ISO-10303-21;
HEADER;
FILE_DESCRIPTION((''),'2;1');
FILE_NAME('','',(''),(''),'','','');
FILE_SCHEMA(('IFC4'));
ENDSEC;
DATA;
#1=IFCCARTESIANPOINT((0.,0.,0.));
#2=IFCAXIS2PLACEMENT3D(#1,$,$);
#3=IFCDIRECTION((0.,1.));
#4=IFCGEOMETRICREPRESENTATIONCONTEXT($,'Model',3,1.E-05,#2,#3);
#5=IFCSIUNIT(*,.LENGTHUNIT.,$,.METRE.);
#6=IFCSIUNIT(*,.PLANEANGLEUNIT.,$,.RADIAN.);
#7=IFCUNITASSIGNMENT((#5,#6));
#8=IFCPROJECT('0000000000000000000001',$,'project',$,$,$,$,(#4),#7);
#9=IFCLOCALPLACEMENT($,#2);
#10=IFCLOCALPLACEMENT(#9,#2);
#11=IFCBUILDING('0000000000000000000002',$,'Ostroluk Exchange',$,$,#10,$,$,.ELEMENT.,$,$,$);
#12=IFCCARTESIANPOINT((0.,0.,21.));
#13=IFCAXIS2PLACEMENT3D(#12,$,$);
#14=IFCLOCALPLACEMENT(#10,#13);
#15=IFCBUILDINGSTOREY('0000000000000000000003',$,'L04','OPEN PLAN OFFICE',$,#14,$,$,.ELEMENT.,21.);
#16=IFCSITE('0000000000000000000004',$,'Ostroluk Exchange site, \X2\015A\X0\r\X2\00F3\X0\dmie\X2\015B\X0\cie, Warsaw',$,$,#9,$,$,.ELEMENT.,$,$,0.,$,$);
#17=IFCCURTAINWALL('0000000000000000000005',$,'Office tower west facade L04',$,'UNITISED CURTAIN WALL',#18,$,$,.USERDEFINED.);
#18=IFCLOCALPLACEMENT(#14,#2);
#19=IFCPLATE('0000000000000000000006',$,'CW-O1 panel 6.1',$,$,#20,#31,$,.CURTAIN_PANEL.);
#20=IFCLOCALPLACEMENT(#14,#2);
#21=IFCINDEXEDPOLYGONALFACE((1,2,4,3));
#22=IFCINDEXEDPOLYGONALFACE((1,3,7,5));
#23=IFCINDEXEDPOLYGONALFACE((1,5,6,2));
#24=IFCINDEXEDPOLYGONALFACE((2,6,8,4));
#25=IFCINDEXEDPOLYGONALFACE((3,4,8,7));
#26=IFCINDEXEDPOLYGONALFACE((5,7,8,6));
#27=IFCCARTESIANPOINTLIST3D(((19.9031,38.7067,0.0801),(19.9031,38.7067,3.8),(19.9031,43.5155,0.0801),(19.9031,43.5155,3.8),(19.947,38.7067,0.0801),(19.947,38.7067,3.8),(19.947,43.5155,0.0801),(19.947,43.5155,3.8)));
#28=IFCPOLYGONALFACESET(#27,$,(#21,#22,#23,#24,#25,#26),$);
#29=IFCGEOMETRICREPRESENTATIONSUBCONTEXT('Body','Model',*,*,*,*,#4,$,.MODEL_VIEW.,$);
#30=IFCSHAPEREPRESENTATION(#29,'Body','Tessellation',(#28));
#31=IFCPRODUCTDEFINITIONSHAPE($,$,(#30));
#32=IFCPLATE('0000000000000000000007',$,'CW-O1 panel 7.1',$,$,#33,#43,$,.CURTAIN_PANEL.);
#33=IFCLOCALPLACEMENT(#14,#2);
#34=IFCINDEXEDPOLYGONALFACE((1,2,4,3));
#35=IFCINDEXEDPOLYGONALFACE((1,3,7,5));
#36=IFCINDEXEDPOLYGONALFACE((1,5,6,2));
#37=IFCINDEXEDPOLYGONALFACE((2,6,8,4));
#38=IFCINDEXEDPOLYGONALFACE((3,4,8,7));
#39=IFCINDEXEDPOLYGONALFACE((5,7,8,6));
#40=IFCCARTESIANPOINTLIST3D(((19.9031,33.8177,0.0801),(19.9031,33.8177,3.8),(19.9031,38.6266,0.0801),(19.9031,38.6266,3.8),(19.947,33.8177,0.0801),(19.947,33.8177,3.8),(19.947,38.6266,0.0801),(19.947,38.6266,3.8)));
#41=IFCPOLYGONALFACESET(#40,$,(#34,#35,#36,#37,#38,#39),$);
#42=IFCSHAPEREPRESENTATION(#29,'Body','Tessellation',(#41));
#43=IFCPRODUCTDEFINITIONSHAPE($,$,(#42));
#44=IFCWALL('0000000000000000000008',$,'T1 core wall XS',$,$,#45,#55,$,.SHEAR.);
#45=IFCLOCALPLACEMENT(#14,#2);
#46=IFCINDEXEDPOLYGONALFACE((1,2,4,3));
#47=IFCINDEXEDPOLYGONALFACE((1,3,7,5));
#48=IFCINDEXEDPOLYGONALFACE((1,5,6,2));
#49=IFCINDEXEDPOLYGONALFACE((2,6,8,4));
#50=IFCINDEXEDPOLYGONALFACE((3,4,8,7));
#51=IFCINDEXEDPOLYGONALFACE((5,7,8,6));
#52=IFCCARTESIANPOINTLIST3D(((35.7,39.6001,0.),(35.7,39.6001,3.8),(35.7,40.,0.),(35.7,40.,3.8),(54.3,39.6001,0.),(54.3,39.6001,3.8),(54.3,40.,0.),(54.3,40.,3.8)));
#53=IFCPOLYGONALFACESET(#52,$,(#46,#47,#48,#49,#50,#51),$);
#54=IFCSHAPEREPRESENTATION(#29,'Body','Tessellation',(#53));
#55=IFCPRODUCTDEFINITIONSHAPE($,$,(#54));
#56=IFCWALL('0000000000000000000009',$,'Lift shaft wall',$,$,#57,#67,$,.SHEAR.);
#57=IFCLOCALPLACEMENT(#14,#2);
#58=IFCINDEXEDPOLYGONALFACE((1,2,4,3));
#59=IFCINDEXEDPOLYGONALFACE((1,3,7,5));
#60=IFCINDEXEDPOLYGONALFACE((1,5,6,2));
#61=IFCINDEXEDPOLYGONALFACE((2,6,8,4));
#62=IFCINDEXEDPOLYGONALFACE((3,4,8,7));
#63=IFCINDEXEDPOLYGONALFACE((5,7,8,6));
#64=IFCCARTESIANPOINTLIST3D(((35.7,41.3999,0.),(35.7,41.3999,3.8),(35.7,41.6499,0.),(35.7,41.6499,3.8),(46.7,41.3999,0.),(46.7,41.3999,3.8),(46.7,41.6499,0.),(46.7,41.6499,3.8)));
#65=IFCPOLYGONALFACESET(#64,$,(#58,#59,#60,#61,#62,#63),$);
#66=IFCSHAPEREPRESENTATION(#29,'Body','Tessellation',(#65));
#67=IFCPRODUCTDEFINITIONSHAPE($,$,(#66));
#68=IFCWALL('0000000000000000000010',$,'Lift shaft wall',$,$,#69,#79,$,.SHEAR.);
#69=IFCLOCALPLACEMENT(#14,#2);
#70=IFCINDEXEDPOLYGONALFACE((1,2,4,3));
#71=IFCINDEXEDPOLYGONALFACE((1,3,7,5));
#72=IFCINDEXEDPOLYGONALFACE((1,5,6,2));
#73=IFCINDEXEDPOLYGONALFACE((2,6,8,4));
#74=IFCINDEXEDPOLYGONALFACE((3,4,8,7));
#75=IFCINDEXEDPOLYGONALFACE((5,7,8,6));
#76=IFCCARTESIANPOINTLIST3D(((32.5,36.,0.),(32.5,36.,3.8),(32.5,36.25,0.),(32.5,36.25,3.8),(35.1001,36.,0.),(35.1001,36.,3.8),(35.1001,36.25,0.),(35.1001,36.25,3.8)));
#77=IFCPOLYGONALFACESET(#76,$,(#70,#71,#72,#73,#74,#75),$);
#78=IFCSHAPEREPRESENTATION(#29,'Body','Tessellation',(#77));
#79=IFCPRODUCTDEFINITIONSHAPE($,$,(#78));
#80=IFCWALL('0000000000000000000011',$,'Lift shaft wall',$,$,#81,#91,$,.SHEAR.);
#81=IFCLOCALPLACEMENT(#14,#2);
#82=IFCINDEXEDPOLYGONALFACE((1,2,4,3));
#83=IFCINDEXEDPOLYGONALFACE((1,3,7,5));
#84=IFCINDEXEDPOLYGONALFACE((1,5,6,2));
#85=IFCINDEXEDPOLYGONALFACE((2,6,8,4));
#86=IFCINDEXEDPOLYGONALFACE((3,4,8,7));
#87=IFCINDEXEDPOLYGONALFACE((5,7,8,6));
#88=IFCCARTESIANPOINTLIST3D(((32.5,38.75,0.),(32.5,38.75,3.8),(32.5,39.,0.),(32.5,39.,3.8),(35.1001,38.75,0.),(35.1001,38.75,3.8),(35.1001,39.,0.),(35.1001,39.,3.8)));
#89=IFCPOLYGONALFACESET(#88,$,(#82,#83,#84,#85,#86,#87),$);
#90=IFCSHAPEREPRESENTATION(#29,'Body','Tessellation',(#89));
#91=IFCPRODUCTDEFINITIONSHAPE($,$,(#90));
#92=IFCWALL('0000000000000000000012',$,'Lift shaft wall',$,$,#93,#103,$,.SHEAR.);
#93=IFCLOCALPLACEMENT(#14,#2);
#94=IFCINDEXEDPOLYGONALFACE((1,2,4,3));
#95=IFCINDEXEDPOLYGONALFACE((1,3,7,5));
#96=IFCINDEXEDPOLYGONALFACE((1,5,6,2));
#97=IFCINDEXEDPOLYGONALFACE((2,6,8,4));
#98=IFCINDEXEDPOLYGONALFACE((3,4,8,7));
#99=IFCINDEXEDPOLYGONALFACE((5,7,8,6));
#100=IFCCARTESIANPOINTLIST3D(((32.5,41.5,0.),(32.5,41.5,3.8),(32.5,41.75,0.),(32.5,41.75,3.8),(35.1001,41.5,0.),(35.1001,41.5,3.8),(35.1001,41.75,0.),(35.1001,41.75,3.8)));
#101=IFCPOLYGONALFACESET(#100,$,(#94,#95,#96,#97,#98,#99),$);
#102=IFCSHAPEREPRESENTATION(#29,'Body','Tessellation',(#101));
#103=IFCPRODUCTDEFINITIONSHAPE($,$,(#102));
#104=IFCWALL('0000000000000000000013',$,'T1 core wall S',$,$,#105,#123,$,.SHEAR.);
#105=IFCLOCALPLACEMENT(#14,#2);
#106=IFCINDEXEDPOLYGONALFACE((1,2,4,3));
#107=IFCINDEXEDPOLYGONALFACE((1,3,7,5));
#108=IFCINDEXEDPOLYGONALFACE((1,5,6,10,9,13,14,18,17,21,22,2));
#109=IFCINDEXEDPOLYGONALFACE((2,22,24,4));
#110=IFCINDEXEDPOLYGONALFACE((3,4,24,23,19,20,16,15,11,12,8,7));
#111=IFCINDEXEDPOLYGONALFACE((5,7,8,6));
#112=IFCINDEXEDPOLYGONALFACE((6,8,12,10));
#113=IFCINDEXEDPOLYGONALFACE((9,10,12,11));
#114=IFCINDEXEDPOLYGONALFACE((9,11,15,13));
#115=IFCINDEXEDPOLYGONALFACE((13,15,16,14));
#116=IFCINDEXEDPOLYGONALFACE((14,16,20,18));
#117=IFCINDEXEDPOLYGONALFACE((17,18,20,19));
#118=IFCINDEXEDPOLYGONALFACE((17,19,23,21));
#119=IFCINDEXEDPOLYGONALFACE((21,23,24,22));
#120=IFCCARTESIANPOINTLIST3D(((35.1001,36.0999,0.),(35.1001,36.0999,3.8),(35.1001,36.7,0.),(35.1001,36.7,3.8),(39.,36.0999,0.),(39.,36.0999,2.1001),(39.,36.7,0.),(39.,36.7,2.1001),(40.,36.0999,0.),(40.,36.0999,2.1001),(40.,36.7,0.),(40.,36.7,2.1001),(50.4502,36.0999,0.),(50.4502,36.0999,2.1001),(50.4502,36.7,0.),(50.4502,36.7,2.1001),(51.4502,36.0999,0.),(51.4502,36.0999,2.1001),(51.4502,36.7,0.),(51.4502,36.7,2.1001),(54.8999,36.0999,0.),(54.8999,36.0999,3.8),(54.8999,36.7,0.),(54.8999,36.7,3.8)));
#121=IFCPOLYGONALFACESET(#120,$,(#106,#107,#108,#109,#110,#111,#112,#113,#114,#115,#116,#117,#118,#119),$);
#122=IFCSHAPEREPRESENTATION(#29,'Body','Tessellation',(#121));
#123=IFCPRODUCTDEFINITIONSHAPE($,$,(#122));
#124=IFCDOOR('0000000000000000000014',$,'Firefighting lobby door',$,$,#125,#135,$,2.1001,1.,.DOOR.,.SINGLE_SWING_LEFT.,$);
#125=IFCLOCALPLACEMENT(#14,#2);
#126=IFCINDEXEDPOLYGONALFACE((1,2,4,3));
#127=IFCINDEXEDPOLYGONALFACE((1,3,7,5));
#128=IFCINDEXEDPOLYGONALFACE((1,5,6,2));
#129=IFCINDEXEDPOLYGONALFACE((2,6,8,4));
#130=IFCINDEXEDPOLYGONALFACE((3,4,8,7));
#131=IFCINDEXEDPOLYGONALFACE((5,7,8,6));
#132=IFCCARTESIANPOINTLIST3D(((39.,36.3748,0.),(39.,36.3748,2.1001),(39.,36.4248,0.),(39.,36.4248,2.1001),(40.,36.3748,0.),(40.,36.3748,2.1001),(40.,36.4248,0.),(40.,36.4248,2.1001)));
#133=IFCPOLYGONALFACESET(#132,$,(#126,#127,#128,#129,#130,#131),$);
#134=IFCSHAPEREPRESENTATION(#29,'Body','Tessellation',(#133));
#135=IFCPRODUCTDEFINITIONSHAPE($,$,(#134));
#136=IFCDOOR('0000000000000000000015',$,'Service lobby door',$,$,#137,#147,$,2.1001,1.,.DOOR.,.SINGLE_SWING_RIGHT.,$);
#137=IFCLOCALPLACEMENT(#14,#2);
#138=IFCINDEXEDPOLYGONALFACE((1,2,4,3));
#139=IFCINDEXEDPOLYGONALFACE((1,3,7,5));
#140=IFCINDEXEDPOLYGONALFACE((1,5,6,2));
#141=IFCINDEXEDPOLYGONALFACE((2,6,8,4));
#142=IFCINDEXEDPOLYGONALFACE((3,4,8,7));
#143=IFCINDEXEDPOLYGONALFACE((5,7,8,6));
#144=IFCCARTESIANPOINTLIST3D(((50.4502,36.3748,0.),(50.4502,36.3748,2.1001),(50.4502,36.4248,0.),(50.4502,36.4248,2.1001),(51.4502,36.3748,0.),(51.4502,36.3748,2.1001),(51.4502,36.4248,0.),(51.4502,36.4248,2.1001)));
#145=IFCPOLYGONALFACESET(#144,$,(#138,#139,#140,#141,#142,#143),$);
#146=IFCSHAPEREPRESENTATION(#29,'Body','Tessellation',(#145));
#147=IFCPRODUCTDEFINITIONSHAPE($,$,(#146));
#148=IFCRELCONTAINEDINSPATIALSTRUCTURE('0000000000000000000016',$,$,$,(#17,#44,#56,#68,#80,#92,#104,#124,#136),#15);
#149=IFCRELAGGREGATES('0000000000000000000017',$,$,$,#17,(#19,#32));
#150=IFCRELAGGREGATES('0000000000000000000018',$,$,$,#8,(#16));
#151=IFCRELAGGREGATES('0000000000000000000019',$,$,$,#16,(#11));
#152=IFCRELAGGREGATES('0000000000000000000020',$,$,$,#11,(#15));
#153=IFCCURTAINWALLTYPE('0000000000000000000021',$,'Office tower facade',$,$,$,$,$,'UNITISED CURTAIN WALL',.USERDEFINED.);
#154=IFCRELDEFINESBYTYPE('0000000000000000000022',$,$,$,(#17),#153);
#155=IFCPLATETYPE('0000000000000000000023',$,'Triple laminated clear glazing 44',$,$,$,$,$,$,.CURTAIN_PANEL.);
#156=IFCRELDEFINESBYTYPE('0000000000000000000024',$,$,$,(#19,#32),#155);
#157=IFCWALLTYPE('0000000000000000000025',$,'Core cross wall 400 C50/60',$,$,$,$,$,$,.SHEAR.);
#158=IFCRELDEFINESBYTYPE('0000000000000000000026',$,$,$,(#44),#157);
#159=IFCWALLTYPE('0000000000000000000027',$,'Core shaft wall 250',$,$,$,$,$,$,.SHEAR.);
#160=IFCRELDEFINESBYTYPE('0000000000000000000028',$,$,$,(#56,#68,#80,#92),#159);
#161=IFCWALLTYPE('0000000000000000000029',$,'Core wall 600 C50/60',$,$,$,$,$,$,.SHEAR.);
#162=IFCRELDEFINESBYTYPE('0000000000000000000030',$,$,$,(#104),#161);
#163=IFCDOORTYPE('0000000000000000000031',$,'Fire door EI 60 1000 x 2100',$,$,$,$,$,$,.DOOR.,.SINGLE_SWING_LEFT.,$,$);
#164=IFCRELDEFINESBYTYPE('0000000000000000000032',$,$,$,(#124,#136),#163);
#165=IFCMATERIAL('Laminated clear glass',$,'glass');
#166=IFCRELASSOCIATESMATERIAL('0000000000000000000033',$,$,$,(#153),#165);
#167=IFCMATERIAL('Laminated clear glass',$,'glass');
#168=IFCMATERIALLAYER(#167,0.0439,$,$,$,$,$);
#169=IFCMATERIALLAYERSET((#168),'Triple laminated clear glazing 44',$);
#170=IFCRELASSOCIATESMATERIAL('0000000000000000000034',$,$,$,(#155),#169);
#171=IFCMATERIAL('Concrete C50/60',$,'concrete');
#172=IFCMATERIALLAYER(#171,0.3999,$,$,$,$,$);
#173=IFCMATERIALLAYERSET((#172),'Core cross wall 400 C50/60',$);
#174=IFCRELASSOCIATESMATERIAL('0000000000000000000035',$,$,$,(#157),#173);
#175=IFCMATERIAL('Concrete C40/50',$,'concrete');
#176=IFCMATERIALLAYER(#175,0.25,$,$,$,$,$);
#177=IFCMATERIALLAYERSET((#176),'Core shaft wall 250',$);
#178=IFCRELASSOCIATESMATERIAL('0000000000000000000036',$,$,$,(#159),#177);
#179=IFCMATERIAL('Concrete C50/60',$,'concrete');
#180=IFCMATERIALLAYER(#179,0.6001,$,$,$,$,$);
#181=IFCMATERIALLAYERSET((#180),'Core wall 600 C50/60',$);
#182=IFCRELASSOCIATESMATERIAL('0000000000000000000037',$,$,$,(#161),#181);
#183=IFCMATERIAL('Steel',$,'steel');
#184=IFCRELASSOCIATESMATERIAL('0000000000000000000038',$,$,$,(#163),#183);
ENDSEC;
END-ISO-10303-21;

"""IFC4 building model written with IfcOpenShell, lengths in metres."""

from ifc_helpers import new_model, si_unit, direction, frame, frame_2d, origin, origin_2d, place, context, subcontext, project, spatial, rectangle, extrude, material, layer, layer_set, type_object, element, fill, aggregate, save


model = new_model("IFC4")

# Units and contexts
model_context = context("Model", 3, precision=1e-05, world=origin(), true_north=direction((0.0, 1.0)))
body_context = subcontext(model_context, "Body", "Model", "MODEL_VIEW")
ifc_project = project(units=[si_unit("LENGTHUNIT", "METRE"), si_unit("PLANEANGLEUNIT", "RADIAN")], contexts=[model_context])

# Site, building, storey
site_placement = place(None, origin())
site = spatial("IfcSite", under=ifc_project, at=site_placement, Name="Ostroluk Exchange site, Śródmieście, Warsaw", CompositionType="ELEMENT", RefElevation=0.0)
building_placement = place(site_placement, origin())
building = spatial("IfcBuilding", under=site, at=building_placement, Name="Ostroluk Exchange", CompositionType="ELEMENT")
storey_placement = place(building_placement, frame((0.0, 0.0, 21.0)))
storey = spatial("IfcBuildingStorey", under=building, at=storey_placement, Name="L04", Description="OPEN PLAN OFFICE", CompositionType="ELEMENT", Elevation=21.0)

# Curtain wall, plates
ifc_material_1 = material(Name="Laminated clear glass", Category="glass")
curtain_wall_type = type_object("IfcCurtainWallType", Name="Office tower facade", ElementType="UNITISED CURTAIN WALL", PredefinedType="USERDEFINED", material=ifc_material_1)
curtain_wall_placement = place(storey_placement, origin())
curtain_wall = element("IfcCurtainWall", 1, at=curtain_wall_placement, inside=storey, type_object=curtain_wall_type, Name="Office tower west facade L04", ObjectType="UNITISED CURTAIN WALL", PredefinedType="USERDEFINED")
ifc_material_2 = material(Name="Laminated clear glass", Category="glass")
ifc_layer_1 = layer(ifc_material_2, 0.0439)
ifc_layer_set_1 = layer_set([ifc_layer_1], Name="Triple laminated clear glazing 44")
plate_type = type_object("IfcPlateType", Name="Triple laminated clear glazing 44", PredefinedType="CURTAIN_PANEL", material=ifc_layer_set_1)
plate_1_placement = place(storey_placement, frame((19.925, 41.1111, 0.0801), z_axis=(0.0, 0.0, 1.0), x_axis=(0.0, -1.0, 0.0)))
plate_1 = element("IfcPlate", 2, at=plate_1_placement, type_object=plate_type, Name="CW-O1 panel 6.1", PredefinedType="CURTAIN_PANEL", context=body_context, shape_type="SweptSolid", body=[
    extrude(rectangle(XDim=4.8088, YDim=0.0439, at=origin_2d()), origin(), (0.0, 0.0, 1.0), 3.72),
])
plate_2_placement = place(storey_placement, frame((19.925, 36.2222, 0.0801), z_axis=(0.0, 0.0, 1.0), x_axis=(0.0, -1.0, 0.0)))
plate_2 = element("IfcPlate", 3, at=plate_2_placement, type_object=plate_type, Name="CW-O1 panel 7.1", PredefinedType="CURTAIN_PANEL", context=body_context, shape_type="SweptSolid", body=[
    extrude(rectangle(XDim=4.8088, YDim=0.0439, at=origin_2d()), origin(), (0.0, 0.0, 1.0), 3.72),
])
aggregate(curtain_wall, [plate_1, plate_2])

# Walls
ifc_material_3 = material(Name="Concrete C50/60", Category="concrete")
ifc_layer_2 = layer(ifc_material_3, 0.3999)
ifc_layer_set_2 = layer_set([ifc_layer_2], Name="Core cross wall 400 C50/60")
wall_type_1 = type_object("IfcWallType", Name="Core cross wall 400 C50/60", PredefinedType="SHEAR", material=ifc_layer_set_2)
wall_1_placement = place(storey_placement, frame((35.7, 39.8, 0.0), z_axis=(0.0, 0.0, 1.0), x_axis=(1.0, 0.0, 0.0)))
element("IfcWall", 4, at=wall_1_placement, inside=storey, type_object=wall_type_1, Name="T1 core wall XS", PredefinedType="SHEAR", context=body_context, shape_type="SweptSolid", body=[
    extrude(rectangle(XDim=18.6001, YDim=0.3999, at=frame_2d((9.3, 0.0))), origin(), (0.0, 0.0, 1.0), 3.8),
])
ifc_material_4 = material(Name="Concrete C40/50", Category="concrete")
ifc_layer_3 = layer(ifc_material_4, 0.25)
ifc_layer_set_3 = layer_set([ifc_layer_3], Name="Core shaft wall 250")
wall_type_2 = type_object("IfcWallType", Name="Core shaft wall 250", PredefinedType="SHEAR", material=ifc_layer_set_3)
wall_2_placement = place(storey_placement, frame((35.7, 41.5249, 0.0), z_axis=(0.0, 0.0, 1.0), x_axis=(1.0, 0.0, 0.0)))
element("IfcWall", 5, at=wall_2_placement, inside=storey, type_object=wall_type_2, Name="Lift shaft wall", PredefinedType="SHEAR", context=body_context, shape_type="SweptSolid", body=[
    extrude(rectangle(XDim=11.0, YDim=0.25, at=frame_2d((5.5, 0.0))), origin(), (0.0, 0.0, 1.0), 3.8),
])
for number, where, z_axis, x_axis, name in (
    (6, (32.5, 36.125, 0.0), (0.0, 0.0, 1.0), (1.0, 0.0, 0.0), "Lift shaft wall"),
    (7, (32.5, 38.875, 0.0), (0.0, 0.0, 1.0), (1.0, 0.0, 0.0), "Lift shaft wall"),
    (8, (32.5, 41.625, 0.0), (0.0, 0.0, 1.0), (1.0, 0.0, 0.0), "Lift shaft wall"),
):
    element("IfcWall", number, at=place(storey_placement, frame(where, z_axis=z_axis, x_axis=x_axis)), inside=storey, type_object=wall_type_2, Name=name, PredefinedType="SHEAR", context=body_context, shape_type="SweptSolid", body=[
        extrude(rectangle(XDim=2.6001, YDim=0.25, at=frame_2d((1.3, 0.0))), origin(), (0.0, 0.0, 1.0), 3.8),
    ])

# Wall, openings, doors
ifc_material_5 = material(Name="Concrete C50/60", Category="concrete")
ifc_layer_4 = layer(ifc_material_5, 0.6001)
ifc_layer_set_4 = layer_set([ifc_layer_4], Name="Core wall 600 C50/60")
wall_type_3 = type_object("IfcWallType", Name="Core wall 600 C50/60", PredefinedType="SHEAR", material=ifc_layer_set_4)
wall_3_placement = place(storey_placement, frame((35.1001, 36.3999, 0.0), z_axis=(0.0, 0.0, 1.0), x_axis=(1.0, 0.0, 0.0)))
wall_3 = element("IfcWall", 9, at=wall_3_placement, inside=storey, type_object=wall_type_3, Name="T1 core wall S", PredefinedType="SHEAR", context=body_context, shape_type="SweptSolid", body=[
    extrude(rectangle(XDim=19.7998, YDim=0.6001, at=frame_2d((9.8999, 0.0))), origin(), (0.0, 0.0, 1.0), 3.8),
])
opening_1_placement = place(wall_3_placement, frame((3.8999, 0.0, 0.0)))
opening_1 = element("IfcOpeningElement", 10, at=opening_1_placement, cuts=wall_3, PredefinedType="OPENING", context=body_context, shape_type="SweptSolid", body=[
    extrude(rectangle(XDim=1.0, YDim=2.1001, at=frame_2d((0.5, 1.05))), frame((0.0, 0.3101, 0.0), z_axis=(0.0, -1.0, 0.0), x_axis=(1.0, 0.0, 0.0)), (0.0, 0.0, 1.0), 0.6201),
])
opening_2_placement = place(wall_3_placement, frame((15.3501, 0.0, 0.0)))
opening_2 = element("IfcOpeningElement", 11, at=opening_2_placement, cuts=wall_3, PredefinedType="OPENING", context=body_context, shape_type="SweptSolid", body=[
    extrude(rectangle(XDim=1.0, YDim=2.1001, at=frame_2d((0.5, 1.05))), frame((0.0, 0.3101, 0.0), z_axis=(0.0, -1.0, 0.0), x_axis=(1.0, 0.0, 0.0)), (0.0, 0.0, 1.0), 0.6201),
])
ifc_material_6 = material(Name="Steel", Category="steel")
door_type_1 = type_object("IfcDoorType", Name="Fire door EI 60 1000 x 2100", OperationType="SINGLE_SWING_LEFT", PredefinedType="DOOR", material=ifc_material_6)
door_1_placement = place(opening_1_placement, origin())
door_1 = element("IfcDoor", 12, at=door_1_placement, inside=storey, type_object=door_type_1, Name="Firefighting lobby door", OperationType="SINGLE_SWING_LEFT", OverallHeight=2.1001, OverallWidth=1.0, PredefinedType="DOOR", context=body_context, shape_type="SweptSolid", body=[
    extrude(rectangle(XDim=1.0, YDim=2.1001, at=frame_2d((0.5, 1.05))), frame((0.0, 0.0249, 0.0), z_axis=(0.0, -1.0, 0.0), x_axis=(1.0, 0.0, 0.0)), (0.0, 0.0, 1.0), 0.05),
])
fill(opening_1, door_1)
door_2_placement = place(opening_2_placement, origin())
door_2 = element("IfcDoor", 13, at=door_2_placement, inside=storey, type_object=door_type_1, Name="Service lobby door", OperationType="SINGLE_SWING_RIGHT", OverallHeight=2.1001, OverallWidth=1.0, PredefinedType="DOOR", context=body_context, shape_type="SweptSolid", body=[
    extrude(rectangle(XDim=1.0, YDim=2.1001, at=frame_2d((0.5, 1.05))), frame((0.0, 0.0249, 0.0), z_axis=(0.0, -1.0, 0.0), x_axis=(1.0, 0.0, 0.0)), (0.0, 0.0, 1.0), 0.05),
])
fill(opening_2, door_2)

save(model, "model.ifc")
